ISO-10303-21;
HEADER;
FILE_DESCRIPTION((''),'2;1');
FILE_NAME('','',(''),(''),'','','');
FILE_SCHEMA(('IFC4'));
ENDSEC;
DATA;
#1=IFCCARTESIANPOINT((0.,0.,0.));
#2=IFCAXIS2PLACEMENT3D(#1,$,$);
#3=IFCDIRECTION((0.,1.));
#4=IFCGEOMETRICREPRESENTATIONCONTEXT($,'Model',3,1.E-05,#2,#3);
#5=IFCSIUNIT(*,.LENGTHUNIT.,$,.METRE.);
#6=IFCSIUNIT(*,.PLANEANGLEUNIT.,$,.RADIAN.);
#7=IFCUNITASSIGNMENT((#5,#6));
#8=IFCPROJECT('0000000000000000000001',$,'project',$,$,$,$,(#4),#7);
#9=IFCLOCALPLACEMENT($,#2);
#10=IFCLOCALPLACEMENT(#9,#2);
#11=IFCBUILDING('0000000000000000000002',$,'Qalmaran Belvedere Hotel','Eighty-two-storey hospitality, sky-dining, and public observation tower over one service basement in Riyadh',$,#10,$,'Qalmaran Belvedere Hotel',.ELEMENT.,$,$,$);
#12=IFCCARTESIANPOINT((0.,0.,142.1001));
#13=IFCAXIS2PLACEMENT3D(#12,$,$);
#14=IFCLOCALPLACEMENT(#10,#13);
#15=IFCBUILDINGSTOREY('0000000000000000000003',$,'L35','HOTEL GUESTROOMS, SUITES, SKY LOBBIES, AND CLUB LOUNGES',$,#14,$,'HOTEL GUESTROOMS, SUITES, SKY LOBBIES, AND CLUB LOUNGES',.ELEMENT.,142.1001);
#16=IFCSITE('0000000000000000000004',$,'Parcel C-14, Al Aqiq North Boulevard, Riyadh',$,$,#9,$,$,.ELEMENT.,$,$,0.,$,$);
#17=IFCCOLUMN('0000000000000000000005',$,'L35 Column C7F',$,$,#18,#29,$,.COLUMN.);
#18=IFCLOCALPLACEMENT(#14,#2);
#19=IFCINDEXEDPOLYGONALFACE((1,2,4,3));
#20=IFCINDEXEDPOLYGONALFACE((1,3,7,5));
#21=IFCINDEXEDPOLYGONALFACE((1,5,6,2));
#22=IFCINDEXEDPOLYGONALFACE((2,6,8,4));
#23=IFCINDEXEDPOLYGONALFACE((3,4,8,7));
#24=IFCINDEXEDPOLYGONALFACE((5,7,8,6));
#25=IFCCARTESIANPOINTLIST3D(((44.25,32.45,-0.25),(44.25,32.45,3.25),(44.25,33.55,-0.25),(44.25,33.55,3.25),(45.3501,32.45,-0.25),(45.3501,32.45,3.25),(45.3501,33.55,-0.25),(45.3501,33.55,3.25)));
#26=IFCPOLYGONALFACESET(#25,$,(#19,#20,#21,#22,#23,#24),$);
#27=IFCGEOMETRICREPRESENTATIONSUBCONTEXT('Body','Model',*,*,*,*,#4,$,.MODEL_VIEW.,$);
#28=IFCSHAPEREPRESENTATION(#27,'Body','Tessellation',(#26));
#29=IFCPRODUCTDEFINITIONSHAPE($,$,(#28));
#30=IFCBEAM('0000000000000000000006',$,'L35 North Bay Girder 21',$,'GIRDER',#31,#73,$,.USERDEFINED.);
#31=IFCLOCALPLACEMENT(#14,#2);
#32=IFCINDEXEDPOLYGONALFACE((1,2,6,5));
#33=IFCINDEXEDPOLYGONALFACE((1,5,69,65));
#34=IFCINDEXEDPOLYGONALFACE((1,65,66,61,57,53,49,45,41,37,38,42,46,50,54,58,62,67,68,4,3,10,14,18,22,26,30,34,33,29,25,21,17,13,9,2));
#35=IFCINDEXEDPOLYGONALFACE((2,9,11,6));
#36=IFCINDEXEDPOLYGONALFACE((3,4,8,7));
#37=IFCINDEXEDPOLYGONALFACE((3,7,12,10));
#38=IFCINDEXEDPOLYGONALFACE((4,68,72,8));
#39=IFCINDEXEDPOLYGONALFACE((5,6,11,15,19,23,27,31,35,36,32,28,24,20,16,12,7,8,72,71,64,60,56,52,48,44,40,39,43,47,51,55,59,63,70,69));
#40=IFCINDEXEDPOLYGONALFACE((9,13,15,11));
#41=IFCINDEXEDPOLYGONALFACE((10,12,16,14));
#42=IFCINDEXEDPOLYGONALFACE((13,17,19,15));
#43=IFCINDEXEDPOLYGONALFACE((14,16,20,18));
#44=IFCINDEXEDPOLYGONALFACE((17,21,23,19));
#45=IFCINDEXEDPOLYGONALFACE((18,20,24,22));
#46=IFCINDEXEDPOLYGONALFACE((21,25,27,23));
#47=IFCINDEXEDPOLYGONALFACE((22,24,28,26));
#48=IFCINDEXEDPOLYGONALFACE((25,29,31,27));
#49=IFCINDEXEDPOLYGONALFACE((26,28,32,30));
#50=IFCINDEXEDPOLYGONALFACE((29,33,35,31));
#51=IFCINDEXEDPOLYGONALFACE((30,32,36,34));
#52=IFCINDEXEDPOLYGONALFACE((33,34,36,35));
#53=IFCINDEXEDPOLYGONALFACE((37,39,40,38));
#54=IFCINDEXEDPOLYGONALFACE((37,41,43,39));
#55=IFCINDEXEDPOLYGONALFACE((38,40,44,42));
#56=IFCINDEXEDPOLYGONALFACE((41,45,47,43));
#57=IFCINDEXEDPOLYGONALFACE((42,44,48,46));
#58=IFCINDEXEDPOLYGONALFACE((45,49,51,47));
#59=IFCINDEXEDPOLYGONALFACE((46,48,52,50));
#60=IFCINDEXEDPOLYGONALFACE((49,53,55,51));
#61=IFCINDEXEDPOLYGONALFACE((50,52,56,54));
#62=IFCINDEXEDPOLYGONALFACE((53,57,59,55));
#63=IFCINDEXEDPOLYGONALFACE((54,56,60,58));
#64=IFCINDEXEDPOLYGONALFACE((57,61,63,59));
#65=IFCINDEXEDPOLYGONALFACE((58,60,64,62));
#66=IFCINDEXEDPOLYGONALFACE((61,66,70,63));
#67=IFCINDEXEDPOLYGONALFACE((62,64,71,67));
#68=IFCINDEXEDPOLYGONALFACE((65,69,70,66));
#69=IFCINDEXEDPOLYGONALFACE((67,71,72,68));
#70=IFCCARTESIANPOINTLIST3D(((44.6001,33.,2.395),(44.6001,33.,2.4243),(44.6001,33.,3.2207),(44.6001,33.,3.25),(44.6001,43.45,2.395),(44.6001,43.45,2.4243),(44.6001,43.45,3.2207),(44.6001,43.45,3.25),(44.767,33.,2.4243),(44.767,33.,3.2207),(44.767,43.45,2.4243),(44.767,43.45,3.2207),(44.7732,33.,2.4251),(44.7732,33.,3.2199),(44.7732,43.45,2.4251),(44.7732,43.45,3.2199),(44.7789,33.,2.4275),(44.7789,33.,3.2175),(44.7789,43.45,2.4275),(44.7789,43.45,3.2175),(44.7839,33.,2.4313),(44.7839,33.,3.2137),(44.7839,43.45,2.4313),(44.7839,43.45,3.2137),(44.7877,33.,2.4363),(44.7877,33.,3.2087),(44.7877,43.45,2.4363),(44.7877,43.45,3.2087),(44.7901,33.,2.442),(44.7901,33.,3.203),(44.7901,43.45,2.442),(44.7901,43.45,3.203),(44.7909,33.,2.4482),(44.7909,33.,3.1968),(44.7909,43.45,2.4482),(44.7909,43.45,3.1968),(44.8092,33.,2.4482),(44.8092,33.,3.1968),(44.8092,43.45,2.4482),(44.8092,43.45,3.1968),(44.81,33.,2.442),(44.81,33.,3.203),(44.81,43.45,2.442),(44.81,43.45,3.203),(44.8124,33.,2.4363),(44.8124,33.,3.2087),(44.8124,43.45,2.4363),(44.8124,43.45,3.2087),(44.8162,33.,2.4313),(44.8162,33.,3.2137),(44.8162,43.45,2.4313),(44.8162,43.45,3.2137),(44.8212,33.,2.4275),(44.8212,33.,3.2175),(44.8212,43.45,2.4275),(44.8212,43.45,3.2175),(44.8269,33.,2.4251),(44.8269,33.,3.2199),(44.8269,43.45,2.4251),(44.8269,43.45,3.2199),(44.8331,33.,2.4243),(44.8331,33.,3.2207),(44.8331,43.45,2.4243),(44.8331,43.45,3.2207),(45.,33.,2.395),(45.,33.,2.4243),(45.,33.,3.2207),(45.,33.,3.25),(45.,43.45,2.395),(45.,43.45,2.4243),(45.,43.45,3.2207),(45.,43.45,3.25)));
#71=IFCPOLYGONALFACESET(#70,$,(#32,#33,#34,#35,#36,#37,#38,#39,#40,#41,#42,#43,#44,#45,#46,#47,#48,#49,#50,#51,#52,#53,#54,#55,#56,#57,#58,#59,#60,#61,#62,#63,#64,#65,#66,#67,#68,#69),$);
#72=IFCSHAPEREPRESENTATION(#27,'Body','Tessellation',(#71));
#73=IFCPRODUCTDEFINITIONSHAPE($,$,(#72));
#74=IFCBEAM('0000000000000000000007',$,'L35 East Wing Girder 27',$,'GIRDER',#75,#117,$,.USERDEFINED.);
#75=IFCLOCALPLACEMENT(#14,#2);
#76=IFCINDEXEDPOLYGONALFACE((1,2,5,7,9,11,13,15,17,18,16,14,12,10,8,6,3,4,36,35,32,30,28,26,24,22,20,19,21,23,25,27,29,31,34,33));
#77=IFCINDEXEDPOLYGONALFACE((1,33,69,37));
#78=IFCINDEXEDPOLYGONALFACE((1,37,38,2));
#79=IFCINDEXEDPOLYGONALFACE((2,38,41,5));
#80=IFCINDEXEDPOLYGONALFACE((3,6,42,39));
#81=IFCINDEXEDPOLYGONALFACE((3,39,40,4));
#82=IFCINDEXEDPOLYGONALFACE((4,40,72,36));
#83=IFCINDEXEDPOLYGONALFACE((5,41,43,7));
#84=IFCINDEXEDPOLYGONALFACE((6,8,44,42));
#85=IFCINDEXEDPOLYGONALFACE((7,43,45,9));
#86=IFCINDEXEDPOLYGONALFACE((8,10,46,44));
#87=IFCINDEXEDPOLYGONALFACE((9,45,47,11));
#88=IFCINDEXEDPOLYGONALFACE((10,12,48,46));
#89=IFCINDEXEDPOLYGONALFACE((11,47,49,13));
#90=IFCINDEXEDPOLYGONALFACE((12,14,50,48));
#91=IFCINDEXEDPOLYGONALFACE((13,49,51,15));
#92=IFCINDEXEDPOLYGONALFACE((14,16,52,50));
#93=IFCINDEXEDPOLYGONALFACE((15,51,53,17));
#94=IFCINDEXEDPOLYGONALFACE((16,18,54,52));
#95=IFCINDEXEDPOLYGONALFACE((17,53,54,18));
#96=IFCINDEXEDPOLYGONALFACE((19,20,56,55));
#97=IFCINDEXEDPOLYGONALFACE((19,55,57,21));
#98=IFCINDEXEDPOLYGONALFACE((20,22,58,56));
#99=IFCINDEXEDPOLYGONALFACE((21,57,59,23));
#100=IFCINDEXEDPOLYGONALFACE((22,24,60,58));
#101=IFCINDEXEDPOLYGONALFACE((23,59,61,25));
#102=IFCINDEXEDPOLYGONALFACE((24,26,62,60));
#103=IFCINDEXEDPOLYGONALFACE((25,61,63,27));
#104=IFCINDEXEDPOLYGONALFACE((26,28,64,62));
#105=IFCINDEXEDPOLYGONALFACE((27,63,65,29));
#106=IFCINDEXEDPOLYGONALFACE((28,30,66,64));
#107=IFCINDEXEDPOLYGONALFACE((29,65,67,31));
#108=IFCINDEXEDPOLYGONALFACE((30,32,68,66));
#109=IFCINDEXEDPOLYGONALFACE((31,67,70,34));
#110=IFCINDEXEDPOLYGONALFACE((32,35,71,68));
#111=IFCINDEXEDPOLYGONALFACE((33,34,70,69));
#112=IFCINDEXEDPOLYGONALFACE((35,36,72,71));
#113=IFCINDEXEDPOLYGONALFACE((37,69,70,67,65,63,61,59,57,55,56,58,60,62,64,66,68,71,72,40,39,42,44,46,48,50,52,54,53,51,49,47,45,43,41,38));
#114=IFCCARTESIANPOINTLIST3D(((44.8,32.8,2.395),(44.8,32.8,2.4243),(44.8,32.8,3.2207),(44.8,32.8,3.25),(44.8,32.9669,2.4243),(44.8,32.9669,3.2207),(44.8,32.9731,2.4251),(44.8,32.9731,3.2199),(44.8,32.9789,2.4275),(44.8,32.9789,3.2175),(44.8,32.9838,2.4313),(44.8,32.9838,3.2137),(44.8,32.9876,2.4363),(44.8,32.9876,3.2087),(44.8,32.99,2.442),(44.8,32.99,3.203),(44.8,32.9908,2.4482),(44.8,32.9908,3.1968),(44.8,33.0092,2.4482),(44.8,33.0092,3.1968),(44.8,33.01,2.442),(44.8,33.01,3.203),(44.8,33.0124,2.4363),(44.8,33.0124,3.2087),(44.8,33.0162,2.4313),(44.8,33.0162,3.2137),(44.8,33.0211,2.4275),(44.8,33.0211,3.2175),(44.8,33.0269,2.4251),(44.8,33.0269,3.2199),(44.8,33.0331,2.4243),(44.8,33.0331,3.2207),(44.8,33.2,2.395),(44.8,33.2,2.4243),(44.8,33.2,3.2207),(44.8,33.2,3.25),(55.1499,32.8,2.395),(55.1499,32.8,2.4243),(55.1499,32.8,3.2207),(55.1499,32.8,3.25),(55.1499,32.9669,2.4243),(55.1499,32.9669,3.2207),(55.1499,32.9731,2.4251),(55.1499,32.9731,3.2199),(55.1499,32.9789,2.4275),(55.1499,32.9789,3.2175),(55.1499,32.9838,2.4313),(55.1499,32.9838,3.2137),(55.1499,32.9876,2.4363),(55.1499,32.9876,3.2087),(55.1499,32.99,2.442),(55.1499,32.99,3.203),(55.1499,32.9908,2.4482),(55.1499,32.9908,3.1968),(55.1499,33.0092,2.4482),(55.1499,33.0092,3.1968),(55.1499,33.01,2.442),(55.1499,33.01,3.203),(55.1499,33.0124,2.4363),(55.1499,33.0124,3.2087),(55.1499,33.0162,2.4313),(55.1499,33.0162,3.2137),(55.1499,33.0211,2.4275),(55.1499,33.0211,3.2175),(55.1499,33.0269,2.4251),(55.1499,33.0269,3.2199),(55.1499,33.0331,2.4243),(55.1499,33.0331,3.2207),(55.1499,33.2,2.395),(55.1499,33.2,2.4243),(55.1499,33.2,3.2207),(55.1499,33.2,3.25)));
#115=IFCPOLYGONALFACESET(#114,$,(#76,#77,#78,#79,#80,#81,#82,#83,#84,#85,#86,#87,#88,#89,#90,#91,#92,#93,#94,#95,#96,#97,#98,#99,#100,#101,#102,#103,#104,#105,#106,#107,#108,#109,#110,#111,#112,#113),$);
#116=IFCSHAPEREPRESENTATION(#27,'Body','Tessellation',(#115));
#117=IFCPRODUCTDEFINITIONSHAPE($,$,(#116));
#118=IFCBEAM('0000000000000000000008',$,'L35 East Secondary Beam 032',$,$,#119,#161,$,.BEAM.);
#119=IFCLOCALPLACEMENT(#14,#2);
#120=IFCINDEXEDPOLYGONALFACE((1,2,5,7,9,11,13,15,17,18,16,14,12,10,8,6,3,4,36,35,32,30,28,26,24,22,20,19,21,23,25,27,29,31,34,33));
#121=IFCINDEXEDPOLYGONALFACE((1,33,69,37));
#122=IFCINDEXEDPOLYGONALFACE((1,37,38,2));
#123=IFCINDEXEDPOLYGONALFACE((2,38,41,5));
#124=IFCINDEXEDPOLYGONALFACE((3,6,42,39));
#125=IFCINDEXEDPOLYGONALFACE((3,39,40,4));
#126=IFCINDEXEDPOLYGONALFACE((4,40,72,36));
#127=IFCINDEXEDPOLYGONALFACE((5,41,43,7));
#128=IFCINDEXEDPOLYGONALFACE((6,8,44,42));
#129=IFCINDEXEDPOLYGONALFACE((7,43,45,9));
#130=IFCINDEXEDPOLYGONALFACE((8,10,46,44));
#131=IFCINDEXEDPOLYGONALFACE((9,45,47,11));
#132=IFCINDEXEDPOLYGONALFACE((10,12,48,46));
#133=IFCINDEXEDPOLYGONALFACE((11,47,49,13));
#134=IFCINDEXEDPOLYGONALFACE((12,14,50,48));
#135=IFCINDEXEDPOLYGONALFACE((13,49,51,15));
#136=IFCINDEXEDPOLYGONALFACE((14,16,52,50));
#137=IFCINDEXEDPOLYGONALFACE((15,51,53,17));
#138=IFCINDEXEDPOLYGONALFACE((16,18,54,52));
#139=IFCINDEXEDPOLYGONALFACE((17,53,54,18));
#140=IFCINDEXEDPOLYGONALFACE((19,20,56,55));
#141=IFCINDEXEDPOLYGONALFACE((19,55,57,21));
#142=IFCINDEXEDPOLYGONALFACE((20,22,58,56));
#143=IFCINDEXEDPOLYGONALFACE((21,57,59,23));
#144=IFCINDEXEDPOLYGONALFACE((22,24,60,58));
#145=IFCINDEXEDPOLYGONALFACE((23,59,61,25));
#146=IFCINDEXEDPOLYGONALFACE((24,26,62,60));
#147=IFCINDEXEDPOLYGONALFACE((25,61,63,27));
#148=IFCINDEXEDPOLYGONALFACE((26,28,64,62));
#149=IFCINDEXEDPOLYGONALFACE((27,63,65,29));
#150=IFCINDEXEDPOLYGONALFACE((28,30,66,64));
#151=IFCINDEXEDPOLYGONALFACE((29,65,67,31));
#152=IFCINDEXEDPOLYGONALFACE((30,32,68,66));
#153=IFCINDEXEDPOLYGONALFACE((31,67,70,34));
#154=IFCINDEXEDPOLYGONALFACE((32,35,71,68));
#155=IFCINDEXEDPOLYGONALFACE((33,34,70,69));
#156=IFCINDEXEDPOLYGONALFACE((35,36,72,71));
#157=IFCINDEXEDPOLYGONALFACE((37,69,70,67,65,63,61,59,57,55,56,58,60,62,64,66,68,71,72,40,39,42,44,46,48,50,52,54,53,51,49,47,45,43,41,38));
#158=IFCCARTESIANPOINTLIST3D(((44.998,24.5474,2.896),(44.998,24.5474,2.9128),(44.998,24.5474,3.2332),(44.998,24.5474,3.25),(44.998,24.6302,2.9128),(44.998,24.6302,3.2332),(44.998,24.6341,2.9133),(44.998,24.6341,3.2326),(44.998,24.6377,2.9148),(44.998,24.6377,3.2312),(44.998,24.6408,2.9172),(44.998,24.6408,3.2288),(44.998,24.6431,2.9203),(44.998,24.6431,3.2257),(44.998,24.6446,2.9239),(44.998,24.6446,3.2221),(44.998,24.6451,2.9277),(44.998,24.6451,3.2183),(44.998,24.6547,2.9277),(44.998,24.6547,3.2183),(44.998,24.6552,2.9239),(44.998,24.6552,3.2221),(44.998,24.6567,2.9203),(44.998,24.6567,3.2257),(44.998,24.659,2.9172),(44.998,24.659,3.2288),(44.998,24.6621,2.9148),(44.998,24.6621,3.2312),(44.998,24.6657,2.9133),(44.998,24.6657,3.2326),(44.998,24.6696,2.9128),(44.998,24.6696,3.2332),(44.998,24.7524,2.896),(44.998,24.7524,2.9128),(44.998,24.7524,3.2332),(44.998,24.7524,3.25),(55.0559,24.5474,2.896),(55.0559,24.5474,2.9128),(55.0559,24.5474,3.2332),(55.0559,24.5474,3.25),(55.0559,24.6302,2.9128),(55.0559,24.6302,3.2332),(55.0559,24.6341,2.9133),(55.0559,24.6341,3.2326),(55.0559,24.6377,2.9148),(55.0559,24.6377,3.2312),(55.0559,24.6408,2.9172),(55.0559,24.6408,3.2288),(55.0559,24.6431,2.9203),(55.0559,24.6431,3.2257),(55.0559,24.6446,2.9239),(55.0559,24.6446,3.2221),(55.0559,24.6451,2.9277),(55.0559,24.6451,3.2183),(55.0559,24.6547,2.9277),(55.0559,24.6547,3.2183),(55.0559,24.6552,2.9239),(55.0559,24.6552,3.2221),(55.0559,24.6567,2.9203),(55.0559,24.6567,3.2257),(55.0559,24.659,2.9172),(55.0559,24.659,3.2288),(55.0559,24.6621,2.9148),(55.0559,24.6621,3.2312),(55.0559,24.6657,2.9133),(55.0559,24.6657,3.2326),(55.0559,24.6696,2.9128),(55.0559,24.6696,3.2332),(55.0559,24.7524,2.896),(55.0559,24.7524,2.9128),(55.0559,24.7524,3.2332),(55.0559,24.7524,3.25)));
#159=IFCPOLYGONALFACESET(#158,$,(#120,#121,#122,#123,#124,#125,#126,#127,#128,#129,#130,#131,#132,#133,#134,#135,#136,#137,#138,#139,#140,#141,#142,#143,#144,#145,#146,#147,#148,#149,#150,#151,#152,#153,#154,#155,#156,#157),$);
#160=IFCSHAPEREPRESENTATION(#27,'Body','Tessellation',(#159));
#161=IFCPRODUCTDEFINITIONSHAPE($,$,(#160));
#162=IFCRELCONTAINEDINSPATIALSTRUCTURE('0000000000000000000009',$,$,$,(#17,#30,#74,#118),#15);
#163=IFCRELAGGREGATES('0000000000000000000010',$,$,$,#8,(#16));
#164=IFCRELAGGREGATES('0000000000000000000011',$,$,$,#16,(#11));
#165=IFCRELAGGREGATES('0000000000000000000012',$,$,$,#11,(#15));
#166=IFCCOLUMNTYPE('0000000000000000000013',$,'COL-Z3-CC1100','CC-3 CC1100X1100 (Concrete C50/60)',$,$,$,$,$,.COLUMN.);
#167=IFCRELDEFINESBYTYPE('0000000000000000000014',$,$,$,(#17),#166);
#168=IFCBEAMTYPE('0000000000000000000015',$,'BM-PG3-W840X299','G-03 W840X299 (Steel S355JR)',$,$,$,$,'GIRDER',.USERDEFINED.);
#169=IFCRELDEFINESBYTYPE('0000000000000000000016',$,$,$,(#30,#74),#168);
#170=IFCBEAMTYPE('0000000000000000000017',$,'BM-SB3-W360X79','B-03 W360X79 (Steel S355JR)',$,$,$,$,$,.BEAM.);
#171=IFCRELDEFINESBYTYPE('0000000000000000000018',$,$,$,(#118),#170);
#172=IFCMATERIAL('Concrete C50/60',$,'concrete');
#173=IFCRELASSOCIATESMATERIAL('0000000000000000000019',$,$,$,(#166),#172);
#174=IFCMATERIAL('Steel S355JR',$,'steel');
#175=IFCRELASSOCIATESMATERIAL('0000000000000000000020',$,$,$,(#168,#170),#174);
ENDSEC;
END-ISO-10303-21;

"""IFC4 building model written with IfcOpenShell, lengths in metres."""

from ifc_helpers import new_model, si_unit, direction, frame, origin, origin_2d, place, context, subcontext, project, spatial, rectangle, i_section, extrude, material, material_profile, profile_set, type_object, element, save


model = new_model("IFC4")

# Units and contexts
model_context = context("Model", 3, precision=1e-05, world=origin(), true_north=direction((0.0, 1.0)))
body_context = subcontext(model_context, "Body", "Model", "MODEL_VIEW")
ifc_project = project(units=[si_unit("LENGTHUNIT", "METRE"), si_unit("PLANEANGLEUNIT", "RADIAN")], contexts=[model_context])

# Site, building, storey
site_placement = place(None, origin())
site = spatial("IfcSite", under=ifc_project, at=site_placement, Name="Parcel C-14, Al Aqiq North Boulevard, Riyadh", CompositionType="ELEMENT", RefElevation=0.0)
building_placement = place(site_placement, origin())
building = spatial("IfcBuilding", under=site, at=building_placement, Name="Qalmaran Belvedere Hotel", Description="Eighty-two-storey hospitality, sky-dining, and public observation tower over one service basement in Riyadh", LongName="Qalmaran Belvedere Hotel", CompositionType="ELEMENT")
storey_placement = place(building_placement, frame((0.0, 0.0, 142.1001)))
storey = spatial("IfcBuildingStorey", under=building, at=storey_placement, Name="L35", Description="HOTEL GUESTROOMS, SUITES, SKY LOBBIES, AND CLUB LOUNGES", LongName="HOTEL GUESTROOMS, SUITES, SKY LOBBIES, AND CLUB LOUNGES", CompositionType="ELEMENT", Elevation=142.1001)

# Column
ifc_material_1 = material(Name="Concrete C50/60", Category="concrete")
ifc_material_profile_1 = material_profile(ifc_material_1, rectangle(XDim=1.1001, YDim=1.1001, at=origin_2d()), Name="CC1100X1100")
ifc_profile_set_1 = profile_set([ifc_material_profile_1], Name="Concrete C50/60")
column_type = type_object("IfcColumnType", Name="COL-Z3-CC1100", Description="CC-3 CC1100X1100 (Concrete C50/60)", PredefinedType="COLUMN", material=ifc_profile_set_1)
column_placement = place(storey_placement, frame((44.8, 33.0, -0.25), z_axis=(0.0, 0.0, 1.0), x_axis=(1.0, 0.0, 0.0)))
element("IfcColumn", 1, at=column_placement, inside=storey, type_object=column_type, Name="L35 Column C7F", PredefinedType="COLUMN", context=body_context, shape_type="SweptSolid", body=[
    extrude(rectangle(XDim=1.1001, YDim=1.1001, at=origin_2d()), origin(), (0.0, 0.0, 1.0), 3.5),
])

# Beams
ifc_material_2 = material(Name="Steel S355JR", Category="steel")
ifc_material_profile_2 = material_profile(ifc_material_2, i_section(OverallWidth=0.3999, OverallDepth=0.855, WebThickness=0.0183, FlangeThickness=0.0293, FilletRadius=0.0239, at=origin_2d()), Name="W840X299")
ifc_profile_set_2 = profile_set([ifc_material_profile_2], Name="Steel S355JR")
beam_type_1 = type_object("IfcBeamType", Name="BM-PG3-W840X299", Description="G-03 W840X299 (Steel S355JR)", ElementType="GIRDER", PredefinedType="USERDEFINED", material=ifc_profile_set_2)
beam_1_placement = place(storey_placement, frame((44.8, 33.0, 2.8225), z_axis=(0.0, 1.0, 0.0), x_axis=(-1.0, 0.0, 0.0)))
element("IfcBeam", 2, at=beam_1_placement, inside=storey, type_object=beam_type_1, Name="L35 North Bay Girder 21", ObjectType="GIRDER", PredefinedType="USERDEFINED", context=body_context, shape_type="SweptSolid", body=[
    extrude(i_section(OverallWidth=0.3999, OverallDepth=0.855, WebThickness=0.0183, FlangeThickness=0.0293, FilletRadius=0.0239, at=origin_2d()), origin(), (0.0, 0.0, 1.0), 10.45),
])
beam_2_placement = place(storey_placement, frame((44.8, 33.0, 2.8225), z_axis=(1.0, 0.0, 0.0), x_axis=(0.0, 1.0, 0.0)))
element("IfcBeam", 3, at=beam_2_placement, inside=storey, type_object=beam_type_1, Name="L35 East Wing Girder 27", ObjectType="GIRDER", PredefinedType="USERDEFINED", context=body_context, shape_type="SweptSolid", body=[
    extrude(i_section(OverallWidth=0.3999, OverallDepth=0.855, WebThickness=0.0183, FlangeThickness=0.0293, FilletRadius=0.0239, at=origin_2d()), origin(), (0.0, 0.0, 1.0), 10.3499),
])
ifc_material_profile_3 = material_profile(ifc_material_2, i_section(OverallWidth=0.2051, OverallDepth=0.354, WebThickness=0.0095, FlangeThickness=0.0168, FilletRadius=0.0149, at=origin_2d()), Name="W360X79")
ifc_profile_set_3 = profile_set([ifc_material_profile_3], Name="Steel S355JR")
beam_type_2 = type_object("IfcBeamType", Name="BM-SB3-W360X79", Description="B-03 W360X79 (Steel S355JR)", PredefinedType="BEAM", material=ifc_profile_set_3)
for number, where, z_axis, x_axis, name in (
    (4, (44.998, 24.6499, 3.073), (1.0, 0.0, 0.0), (0.0, 1.0, 0.0), "L35 East Secondary Beam 032"),
):
    element("IfcBeam", number, at=place(storey_placement, frame(where, z_axis=z_axis, x_axis=x_axis)), inside=storey, type_object=beam_type_2, Name=name, PredefinedType="BEAM", context=body_context, shape_type="SweptSolid", body=[
        extrude(i_section(OverallWidth=0.2051, OverallDepth=0.354, WebThickness=0.0095, FlangeThickness=0.0168, FilletRadius=0.0149, at=origin_2d()), origin(), (0.0, 0.0, 1.0), 10.0579),
    ])

save(model, "model.ifc")
